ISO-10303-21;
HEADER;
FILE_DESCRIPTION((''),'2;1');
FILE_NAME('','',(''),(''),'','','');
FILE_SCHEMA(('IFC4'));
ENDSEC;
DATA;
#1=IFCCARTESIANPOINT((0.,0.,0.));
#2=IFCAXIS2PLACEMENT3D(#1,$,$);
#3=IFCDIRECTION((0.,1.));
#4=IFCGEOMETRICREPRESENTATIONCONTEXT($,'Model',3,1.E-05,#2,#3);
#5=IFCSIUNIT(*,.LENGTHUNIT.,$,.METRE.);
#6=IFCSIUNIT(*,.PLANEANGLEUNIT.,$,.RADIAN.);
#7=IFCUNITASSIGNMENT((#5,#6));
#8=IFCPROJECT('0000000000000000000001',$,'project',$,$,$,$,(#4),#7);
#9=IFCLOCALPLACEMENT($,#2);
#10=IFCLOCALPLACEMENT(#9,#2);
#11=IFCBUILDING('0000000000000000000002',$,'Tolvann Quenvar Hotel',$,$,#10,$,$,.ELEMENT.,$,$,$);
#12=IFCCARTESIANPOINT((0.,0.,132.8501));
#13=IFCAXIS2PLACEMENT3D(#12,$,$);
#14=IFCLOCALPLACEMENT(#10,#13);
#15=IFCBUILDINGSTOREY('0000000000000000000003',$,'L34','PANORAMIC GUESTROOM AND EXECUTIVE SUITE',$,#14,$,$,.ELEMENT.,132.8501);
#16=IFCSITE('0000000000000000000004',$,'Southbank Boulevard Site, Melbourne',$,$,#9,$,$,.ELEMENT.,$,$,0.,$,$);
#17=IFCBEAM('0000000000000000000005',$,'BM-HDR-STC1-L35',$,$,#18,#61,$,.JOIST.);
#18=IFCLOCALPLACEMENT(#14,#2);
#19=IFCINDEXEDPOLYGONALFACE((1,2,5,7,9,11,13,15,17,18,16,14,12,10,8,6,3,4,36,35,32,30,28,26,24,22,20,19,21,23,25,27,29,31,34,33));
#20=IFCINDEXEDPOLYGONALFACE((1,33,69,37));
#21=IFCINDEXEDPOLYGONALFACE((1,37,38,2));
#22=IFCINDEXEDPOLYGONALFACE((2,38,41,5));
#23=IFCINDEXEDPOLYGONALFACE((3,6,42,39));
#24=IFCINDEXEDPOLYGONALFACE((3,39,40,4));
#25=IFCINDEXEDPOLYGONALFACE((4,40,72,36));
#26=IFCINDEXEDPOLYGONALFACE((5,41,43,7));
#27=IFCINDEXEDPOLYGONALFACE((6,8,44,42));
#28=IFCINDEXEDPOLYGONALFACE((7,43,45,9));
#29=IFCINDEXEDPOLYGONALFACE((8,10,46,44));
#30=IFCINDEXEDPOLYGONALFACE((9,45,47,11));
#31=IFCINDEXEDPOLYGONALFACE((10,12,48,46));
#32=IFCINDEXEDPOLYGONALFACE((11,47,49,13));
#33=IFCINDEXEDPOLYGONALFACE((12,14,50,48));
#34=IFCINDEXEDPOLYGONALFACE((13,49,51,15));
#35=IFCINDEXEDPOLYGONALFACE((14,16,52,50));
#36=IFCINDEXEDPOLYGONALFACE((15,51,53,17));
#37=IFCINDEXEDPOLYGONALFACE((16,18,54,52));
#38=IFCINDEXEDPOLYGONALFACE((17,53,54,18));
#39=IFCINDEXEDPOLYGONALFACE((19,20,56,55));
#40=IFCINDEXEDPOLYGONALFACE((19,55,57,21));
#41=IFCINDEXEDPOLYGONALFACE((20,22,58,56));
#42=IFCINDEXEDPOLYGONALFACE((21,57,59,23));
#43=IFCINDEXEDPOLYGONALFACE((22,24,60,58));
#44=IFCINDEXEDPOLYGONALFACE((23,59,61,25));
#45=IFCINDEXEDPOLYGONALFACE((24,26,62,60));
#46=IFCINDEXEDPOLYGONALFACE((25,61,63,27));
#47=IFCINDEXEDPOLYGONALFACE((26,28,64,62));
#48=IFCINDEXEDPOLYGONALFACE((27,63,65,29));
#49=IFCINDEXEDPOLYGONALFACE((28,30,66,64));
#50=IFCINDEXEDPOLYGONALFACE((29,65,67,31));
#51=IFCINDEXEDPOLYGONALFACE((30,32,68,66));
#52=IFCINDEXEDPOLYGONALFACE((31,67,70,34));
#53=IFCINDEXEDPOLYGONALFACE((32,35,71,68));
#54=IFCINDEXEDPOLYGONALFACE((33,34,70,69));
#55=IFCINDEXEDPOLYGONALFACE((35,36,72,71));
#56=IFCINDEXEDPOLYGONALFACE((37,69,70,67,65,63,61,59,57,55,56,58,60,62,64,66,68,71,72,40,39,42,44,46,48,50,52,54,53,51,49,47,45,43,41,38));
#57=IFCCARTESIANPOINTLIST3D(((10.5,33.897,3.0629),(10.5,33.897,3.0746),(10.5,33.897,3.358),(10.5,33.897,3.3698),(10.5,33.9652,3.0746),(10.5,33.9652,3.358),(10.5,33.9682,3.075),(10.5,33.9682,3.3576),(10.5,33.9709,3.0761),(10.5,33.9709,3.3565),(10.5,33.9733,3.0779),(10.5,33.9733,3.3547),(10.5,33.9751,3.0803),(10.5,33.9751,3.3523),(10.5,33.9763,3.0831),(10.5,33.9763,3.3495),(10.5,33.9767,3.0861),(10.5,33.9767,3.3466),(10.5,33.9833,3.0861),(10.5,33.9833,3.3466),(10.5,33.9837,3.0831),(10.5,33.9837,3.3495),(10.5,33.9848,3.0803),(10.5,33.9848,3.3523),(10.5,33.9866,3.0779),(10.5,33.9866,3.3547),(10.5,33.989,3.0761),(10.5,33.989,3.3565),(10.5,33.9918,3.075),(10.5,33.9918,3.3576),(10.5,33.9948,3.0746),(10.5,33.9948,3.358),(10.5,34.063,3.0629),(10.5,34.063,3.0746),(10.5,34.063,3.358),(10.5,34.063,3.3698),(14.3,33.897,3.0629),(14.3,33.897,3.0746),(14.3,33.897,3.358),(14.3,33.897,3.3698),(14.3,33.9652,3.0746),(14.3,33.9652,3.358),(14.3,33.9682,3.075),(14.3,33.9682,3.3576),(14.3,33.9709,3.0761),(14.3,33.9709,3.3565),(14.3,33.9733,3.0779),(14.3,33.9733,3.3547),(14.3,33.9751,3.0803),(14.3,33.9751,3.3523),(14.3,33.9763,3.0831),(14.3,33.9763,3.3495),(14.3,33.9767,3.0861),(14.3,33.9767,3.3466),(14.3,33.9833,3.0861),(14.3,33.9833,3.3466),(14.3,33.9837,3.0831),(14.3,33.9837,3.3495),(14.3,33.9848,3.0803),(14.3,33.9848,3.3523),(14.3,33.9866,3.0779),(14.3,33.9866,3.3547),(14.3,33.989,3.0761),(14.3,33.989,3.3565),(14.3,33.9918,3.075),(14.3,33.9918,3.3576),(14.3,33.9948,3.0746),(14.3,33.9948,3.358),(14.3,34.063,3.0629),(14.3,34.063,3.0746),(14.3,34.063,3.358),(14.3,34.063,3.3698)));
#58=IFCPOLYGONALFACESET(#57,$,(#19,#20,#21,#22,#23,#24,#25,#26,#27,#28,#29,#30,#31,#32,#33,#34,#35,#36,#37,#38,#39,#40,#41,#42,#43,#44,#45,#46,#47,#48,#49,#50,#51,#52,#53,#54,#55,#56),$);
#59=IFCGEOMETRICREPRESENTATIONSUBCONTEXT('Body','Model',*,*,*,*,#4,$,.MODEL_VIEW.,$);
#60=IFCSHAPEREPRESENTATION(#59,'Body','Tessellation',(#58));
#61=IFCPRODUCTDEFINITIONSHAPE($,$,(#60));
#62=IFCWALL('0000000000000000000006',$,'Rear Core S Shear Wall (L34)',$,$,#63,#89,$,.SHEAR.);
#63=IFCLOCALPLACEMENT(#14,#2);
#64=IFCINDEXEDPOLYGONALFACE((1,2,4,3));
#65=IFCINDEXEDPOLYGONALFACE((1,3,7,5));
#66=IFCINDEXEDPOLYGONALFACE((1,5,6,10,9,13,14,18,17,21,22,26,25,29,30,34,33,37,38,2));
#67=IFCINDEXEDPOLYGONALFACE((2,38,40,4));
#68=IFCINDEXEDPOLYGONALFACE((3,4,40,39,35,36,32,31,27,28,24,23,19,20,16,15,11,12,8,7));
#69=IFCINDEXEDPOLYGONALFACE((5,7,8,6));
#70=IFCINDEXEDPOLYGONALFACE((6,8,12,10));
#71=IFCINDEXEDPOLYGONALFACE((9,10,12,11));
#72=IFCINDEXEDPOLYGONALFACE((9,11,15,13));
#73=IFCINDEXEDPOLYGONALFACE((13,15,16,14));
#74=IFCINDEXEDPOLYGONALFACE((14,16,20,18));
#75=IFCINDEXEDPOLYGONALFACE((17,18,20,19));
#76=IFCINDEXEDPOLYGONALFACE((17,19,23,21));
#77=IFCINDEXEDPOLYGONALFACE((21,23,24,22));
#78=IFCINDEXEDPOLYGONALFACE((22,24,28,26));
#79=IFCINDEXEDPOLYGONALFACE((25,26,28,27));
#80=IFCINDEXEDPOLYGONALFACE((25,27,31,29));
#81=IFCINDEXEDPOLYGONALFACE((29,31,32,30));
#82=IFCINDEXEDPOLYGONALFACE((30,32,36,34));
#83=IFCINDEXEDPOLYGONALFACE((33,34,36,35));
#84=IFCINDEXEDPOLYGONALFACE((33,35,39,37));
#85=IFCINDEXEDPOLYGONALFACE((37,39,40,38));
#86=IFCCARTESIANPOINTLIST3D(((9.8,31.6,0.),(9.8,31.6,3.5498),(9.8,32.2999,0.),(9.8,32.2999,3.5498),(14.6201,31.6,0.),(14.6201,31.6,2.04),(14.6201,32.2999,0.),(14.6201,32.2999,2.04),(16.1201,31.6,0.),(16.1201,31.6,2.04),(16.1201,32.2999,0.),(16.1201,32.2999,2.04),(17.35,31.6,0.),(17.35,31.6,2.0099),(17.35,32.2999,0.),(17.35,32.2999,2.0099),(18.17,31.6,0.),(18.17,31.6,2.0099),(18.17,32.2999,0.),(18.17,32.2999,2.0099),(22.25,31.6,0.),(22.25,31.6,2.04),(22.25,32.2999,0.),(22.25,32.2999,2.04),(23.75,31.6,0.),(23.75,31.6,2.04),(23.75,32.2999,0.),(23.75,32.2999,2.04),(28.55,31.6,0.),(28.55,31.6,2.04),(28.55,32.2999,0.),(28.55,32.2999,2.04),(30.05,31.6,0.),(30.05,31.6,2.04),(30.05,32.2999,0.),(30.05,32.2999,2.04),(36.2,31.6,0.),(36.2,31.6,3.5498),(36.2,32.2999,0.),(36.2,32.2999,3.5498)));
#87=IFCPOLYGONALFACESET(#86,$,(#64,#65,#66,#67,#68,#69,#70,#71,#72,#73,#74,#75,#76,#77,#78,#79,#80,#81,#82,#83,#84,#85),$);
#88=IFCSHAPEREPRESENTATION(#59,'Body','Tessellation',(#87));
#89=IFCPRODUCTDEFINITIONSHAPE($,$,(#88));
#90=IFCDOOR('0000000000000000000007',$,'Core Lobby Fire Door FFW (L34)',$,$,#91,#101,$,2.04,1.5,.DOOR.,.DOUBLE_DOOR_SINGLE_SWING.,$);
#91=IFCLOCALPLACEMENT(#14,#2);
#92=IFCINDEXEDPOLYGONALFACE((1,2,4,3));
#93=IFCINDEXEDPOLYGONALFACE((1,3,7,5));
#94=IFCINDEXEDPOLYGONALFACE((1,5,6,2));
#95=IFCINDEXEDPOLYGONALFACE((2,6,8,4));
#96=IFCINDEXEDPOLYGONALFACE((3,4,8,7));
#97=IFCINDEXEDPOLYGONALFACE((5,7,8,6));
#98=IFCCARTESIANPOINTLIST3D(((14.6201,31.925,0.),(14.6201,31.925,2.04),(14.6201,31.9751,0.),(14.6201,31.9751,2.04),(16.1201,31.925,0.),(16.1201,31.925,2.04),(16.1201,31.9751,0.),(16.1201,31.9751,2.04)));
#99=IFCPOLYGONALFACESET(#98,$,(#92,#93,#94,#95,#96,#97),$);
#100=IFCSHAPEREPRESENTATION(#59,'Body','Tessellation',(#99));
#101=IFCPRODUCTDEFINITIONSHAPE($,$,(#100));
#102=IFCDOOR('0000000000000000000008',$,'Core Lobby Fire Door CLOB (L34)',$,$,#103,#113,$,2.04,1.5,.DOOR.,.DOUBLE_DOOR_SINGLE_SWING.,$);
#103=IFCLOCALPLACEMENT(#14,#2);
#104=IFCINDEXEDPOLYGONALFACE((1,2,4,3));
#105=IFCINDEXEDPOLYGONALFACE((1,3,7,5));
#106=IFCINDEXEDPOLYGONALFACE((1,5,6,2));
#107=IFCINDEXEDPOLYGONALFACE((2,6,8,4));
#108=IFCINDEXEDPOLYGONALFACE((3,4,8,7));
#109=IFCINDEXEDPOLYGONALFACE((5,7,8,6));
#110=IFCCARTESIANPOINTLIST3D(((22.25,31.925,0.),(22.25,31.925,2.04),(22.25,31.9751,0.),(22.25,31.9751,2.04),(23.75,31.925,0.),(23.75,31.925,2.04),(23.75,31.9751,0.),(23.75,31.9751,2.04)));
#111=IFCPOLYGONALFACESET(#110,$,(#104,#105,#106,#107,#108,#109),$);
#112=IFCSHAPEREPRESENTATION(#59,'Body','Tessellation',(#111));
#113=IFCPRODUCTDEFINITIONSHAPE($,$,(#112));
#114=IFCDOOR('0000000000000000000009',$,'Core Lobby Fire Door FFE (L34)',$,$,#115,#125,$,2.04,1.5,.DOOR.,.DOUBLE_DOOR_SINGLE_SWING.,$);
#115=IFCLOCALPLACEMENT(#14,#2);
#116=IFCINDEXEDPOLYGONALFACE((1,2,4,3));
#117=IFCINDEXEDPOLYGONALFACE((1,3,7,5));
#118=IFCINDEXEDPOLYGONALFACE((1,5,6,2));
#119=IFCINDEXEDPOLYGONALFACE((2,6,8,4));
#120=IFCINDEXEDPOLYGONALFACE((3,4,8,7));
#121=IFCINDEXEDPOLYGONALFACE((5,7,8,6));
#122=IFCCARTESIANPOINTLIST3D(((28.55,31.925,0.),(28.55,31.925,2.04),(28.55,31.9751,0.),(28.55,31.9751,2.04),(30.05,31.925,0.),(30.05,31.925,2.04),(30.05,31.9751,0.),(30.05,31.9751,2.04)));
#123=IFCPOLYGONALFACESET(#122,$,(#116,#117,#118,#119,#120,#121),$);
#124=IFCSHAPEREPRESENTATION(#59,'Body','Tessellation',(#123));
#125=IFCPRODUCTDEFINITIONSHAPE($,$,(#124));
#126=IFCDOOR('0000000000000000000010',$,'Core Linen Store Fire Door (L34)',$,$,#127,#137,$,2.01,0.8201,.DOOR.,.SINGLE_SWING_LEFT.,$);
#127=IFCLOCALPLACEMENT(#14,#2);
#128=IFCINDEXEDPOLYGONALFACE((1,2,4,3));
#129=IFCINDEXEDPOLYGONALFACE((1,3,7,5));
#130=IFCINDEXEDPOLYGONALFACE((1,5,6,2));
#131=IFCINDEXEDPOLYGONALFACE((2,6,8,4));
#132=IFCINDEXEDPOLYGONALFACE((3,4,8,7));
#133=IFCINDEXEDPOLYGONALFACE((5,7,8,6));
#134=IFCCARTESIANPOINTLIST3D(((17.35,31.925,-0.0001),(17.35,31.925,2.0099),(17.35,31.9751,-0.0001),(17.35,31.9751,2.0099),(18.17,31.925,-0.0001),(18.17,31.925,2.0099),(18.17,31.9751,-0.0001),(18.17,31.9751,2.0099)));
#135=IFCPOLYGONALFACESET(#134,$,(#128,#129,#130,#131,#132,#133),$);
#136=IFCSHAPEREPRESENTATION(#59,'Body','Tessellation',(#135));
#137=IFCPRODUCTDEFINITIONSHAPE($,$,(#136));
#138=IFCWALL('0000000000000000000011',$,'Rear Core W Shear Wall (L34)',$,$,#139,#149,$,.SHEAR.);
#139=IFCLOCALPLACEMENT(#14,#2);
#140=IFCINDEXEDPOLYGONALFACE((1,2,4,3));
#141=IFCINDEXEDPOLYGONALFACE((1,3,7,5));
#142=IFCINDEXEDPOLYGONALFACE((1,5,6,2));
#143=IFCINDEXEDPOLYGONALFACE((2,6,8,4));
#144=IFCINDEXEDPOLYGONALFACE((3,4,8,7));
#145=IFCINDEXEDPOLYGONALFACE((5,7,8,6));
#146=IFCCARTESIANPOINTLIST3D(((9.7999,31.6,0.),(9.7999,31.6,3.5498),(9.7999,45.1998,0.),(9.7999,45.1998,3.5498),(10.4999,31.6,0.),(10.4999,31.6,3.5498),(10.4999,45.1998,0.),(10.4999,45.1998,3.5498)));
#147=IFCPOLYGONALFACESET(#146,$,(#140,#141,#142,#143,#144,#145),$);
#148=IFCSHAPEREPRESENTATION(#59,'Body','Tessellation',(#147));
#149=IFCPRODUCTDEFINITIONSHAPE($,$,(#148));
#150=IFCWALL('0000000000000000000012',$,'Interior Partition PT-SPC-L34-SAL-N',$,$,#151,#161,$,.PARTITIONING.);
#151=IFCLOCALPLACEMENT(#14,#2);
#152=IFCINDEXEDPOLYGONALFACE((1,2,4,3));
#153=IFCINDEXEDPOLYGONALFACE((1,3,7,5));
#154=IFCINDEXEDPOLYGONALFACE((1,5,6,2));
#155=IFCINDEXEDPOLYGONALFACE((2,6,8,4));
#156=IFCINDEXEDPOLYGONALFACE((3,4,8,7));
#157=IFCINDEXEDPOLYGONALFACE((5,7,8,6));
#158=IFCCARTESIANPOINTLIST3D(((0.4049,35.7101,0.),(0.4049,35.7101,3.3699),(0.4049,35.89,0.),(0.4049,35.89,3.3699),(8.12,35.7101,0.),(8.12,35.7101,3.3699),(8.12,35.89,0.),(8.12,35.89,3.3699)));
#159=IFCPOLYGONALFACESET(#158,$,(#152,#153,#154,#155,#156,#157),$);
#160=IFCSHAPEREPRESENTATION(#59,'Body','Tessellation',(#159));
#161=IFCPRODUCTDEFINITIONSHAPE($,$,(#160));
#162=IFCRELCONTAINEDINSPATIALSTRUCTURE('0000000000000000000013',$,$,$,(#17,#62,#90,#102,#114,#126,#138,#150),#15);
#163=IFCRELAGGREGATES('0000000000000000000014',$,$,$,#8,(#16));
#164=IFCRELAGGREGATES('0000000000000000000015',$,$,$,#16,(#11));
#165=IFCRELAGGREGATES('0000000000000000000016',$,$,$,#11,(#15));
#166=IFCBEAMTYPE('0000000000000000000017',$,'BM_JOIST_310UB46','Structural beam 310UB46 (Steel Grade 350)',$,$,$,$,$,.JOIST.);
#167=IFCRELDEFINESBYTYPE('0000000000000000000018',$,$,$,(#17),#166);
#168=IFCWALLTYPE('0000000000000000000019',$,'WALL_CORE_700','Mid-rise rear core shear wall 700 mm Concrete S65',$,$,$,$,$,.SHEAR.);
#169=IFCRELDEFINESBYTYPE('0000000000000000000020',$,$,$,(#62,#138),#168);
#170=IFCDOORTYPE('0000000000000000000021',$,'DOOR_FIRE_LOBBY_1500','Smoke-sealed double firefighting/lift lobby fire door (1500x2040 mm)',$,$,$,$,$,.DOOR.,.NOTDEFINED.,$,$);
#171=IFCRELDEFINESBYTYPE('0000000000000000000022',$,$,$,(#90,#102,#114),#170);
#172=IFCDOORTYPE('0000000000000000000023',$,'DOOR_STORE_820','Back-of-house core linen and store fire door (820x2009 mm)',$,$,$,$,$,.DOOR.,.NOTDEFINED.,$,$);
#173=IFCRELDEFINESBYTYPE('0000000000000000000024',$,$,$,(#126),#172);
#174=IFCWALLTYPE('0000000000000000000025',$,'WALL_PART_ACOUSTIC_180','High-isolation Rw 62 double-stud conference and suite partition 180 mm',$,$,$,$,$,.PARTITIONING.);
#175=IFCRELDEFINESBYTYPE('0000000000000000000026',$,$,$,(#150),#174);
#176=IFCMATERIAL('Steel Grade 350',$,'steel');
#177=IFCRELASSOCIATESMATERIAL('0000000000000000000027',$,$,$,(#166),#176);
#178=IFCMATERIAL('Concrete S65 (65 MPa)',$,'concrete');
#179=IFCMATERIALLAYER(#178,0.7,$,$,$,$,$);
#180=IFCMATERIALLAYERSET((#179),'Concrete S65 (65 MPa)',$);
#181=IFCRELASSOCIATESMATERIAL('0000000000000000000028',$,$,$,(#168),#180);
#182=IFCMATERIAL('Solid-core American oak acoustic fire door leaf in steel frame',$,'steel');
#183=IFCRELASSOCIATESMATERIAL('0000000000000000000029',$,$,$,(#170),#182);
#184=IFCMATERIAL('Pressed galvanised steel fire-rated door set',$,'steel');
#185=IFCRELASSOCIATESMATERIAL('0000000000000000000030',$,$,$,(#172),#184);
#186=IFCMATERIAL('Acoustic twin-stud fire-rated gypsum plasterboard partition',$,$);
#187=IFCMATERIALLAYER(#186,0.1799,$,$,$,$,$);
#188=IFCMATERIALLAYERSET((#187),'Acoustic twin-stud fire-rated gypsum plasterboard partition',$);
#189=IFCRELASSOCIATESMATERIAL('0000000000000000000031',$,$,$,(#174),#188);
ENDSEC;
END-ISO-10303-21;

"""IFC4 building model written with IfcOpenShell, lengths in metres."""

from ifc_helpers import new_model, si_unit, direction, frame, frame_2d, origin, origin_2d, place, context, subcontext, project, spatial, rectangle, i_section, extrude, source, transform, mapped, material, layer, layer_set, material_profile, profile_set, type_object, type_shapes, element, fill, save


model = new_model("IFC4")

# Units and contexts
model_context = context("Model", 3, precision=1e-05, world=origin(), true_north=direction((0.0, 1.0)))
body_context = subcontext(model_context, "Body", "Model", "MODEL_VIEW")
ifc_project = project(units=[si_unit("LENGTHUNIT", "METRE"), si_unit("PLANEANGLEUNIT", "RADIAN")], contexts=[model_context])

# Site, building, storey
site_placement = place(None, origin())
site = spatial("IfcSite", under=ifc_project, at=site_placement, Name="Southbank Boulevard Site, Melbourne", CompositionType="ELEMENT", RefElevation=0.0)
building_placement = place(site_placement, origin())
building = spatial("IfcBuilding", under=site, at=building_placement, Name="Tolvann Quenvar Hotel", CompositionType="ELEMENT")
storey_placement = place(building_placement, frame((0.0, 0.0, 132.8501)))
storey = spatial("IfcBuildingStorey", under=building, at=storey_placement, Name="L34", Description="PANORAMIC GUESTROOM AND EXECUTIVE SUITE", CompositionType="ELEMENT", Elevation=132.8501)

# Shared definitions
ifc_material_1 = material(Name="Concrete S65 (65 MPa)", Category="concrete")

# Beam
ifc_material_2 = material(Name="Steel Grade 350", Category="steel")
ifc_material_profile_1 = material_profile(ifc_material_2, i_section(OverallWidth=0.166, OverallDepth=0.3069, WebThickness=0.0066, FlangeThickness=0.0117, FilletRadius=0.0115, at=origin_2d()), Name="310UB46")
ifc_profile_set_1 = profile_set([ifc_material_profile_1], Name="Steel Grade 350")
beam_type_1 = type_object("IfcBeamType", Name="BM_JOIST_310UB46", Description="Structural beam 310UB46 (Steel Grade 350)", PredefinedType="JOIST", material=ifc_profile_set_1)
shared_shape_1 = source(origin(), body_context, "Body", "SweptSolid", [
    extrude(i_section(OverallWidth=0.166, OverallDepth=0.3069, WebThickness=0.0066, FlangeThickness=0.0117, FilletRadius=0.0115, at=origin_2d()), origin(), (0.0, 0.0, 1.0), 3.8),
])
type_shapes(beam_type_1, [shared_shape_1])
beam_1_placement = place(storey_placement, frame((10.5, 33.98, 3.2163), z_axis=(1.0, 0.0, 0.0), x_axis=(0.0, 1.0, 0.0)))
element("IfcBeam", 1, at=beam_1_placement, inside=storey, type_object=beam_type_1, Name="BM-HDR-STC1-L35", PredefinedType="JOIST", context=body_context, shape_type="MappedRepresentation", body=[
    mapped(shared_shape_1, transform((0.0, 0.0, 0.0), x_axis=(1.0, 0.0, 0.0), y_axis=(0.0, 1.0, 0.0), z_axis=(0.0, 0.0, 1.0), scale=1.0)),
])

# Wall, openings, doors
ifc_layer_1 = layer(ifc_material_1, 0.7)
ifc_layer_set_1 = layer_set([ifc_layer_1], Name="Concrete S65 (65 MPa)")
wall_type_1 = type_object("IfcWallType", Name="WALL_CORE_700", Description="Mid-rise rear core shear wall 700 mm Concrete S65", PredefinedType="SHEAR", material=ifc_layer_set_1)
wall_1_placement = place(storey_placement, frame((9.8, 31.95, 0.0), z_axis=(0.0, 0.0, 1.0), x_axis=(1.0, 0.0, 0.0)))
wall_1 = element("IfcWall", 2, at=wall_1_placement, inside=storey, type_object=wall_type_1, Name="Rear Core S Shear Wall (L34)", PredefinedType="SHEAR", context=body_context, shape_type="SweptSolid", body=[
    extrude(rectangle(XDim=26.3999, YDim=0.7, at=frame_2d((13.2, 0.0))), origin(), (0.0, 0.0, 1.0), 3.5498),
])
opening_1_placement = place(wall_1_placement, frame((6.3201, 0.0, 0.0), z_axis=(0.0, 0.0, 1.0), x_axis=(-1.0, 0.0, 0.0)))
opening_1 = element("IfcOpeningElement", 3, at=opening_1_placement, cuts=wall_1, PredefinedType="OPENING", context=body_context, shape_type="SweptSolid", body=[
    extrude(rectangle(XDim=1.5, YDim=2.04, at=frame_2d((0.75, 1.02))), frame((0.0, 0.3599, 0.0), z_axis=(0.0, -1.0, 0.0), x_axis=(1.0, 0.0, 0.0)), (0.0, 0.0, 1.0), 0.72),
])
opening_2_placement = place(wall_1_placement, frame((13.95, 0.0, 0.0), z_axis=(0.0, 0.0, 1.0), x_axis=(-1.0, 0.0, 0.0)))
opening_2 = element("IfcOpeningElement", 4, at=opening_2_placement, cuts=wall_1, PredefinedType="OPENING", context=body_context, shape_type="SweptSolid", body=[
    extrude(rectangle(XDim=1.5, YDim=2.04, at=frame_2d((0.75, 1.02))), frame((0.0, 0.3599, 0.0), z_axis=(0.0, -1.0, 0.0), x_axis=(1.0, 0.0, 0.0)), (0.0, 0.0, 1.0), 0.72),
])
opening_3_placement = place(wall_1_placement, frame((20.25, 0.0, 0.0), z_axis=(0.0, 0.0, 1.0), x_axis=(-1.0, 0.0, 0.0)))
opening_3 = element("IfcOpeningElement", 5, at=opening_3_placement, cuts=wall_1, PredefinedType="OPENING", context=body_context, shape_type="SweptSolid", body=[
    extrude(rectangle(XDim=1.5, YDim=2.04, at=frame_2d((0.75, 1.02))), frame((0.0, 0.3599, 0.0), z_axis=(0.0, -1.0, 0.0), x_axis=(1.0, 0.0, 0.0)), (0.0, 0.0, 1.0), 0.72),
])
opening_4_placement = place(wall_1_placement, frame((8.3701, 0.0, 0.0), z_axis=(0.0, 0.0, 1.0), x_axis=(-1.0, 0.0, 0.0)))
opening_4 = element("IfcOpeningElement", 6, at=opening_4_placement, cuts=wall_1, PredefinedType="OPENING", context=body_context, shape_type="SweptSolid", body=[
    extrude(rectangle(XDim=0.8201, YDim=2.01, at=frame_2d((0.4102, 1.0049))), frame((0.0, 0.3599, 0.0), z_axis=(0.0, -1.0, 0.0), x_axis=(1.0, 0.0, 0.0)), (0.0, 0.0, 1.0), 0.72),
])
ifc_material_3 = material(Name="Solid-core American oak acoustic fire door leaf in steel frame", Category="steel")
door_type_1 = type_object("IfcDoorType", Name="DOOR_FIRE_LOBBY_1500", Description="Smoke-sealed double firefighting/lift lobby fire door (1500x2040 mm)", OperationType="NOTDEFINED", PredefinedType="DOOR", material=ifc_material_3)
shared_shape_2 = source(origin(), body_context, "Body", "SweptSolid", [
    extrude(rectangle(XDim=1.5, YDim=2.04, at=frame_2d((0.75, 1.02))), frame((0.0, 0.0249, 0.0), z_axis=(0.0, -1.0, 0.0), x_axis=(1.0, 0.0, 0.0)), (0.0, 0.0, 1.0), 0.05),
])
type_shapes(door_type_1, [shared_shape_2])
door_1_placement = place(opening_1_placement, origin())
door_1 = element("IfcDoor", 7, at=door_1_placement, inside=storey, type_object=door_type_1, Name="Core Lobby Fire Door FFW (L34)", OperationType="DOUBLE_DOOR_SINGLE_SWING", OverallHeight=2.04, OverallWidth=1.5, PredefinedType="DOOR", context=body_context, shape_type="MappedRepresentation", body=[
    mapped(shared_shape_2, transform((0.0, 0.0, 0.0), x_axis=(1.0, 0.0, 0.0), y_axis=(0.0, 1.0, 0.0), z_axis=(0.0, 0.0, 1.0), scale=1.0)),
])
fill(opening_1, door_1)
door_2_placement = place(opening_2_placement, origin())
door_2 = element("IfcDoor", 8, at=door_2_placement, inside=storey, type_object=door_type_1, Name="Core Lobby Fire Door CLOB (L34)", OperationType="DOUBLE_DOOR_SINGLE_SWING", OverallHeight=2.04, OverallWidth=1.5, PredefinedType="DOOR", context=body_context, shape_type="MappedRepresentation", body=[
    mapped(shared_shape_2, transform((0.0, 0.0, 0.0), x_axis=(1.0, 0.0, 0.0), y_axis=(0.0, 1.0, 0.0), z_axis=(0.0, 0.0, 1.0), scale=1.0)),
])
fill(opening_2, door_2)
door_3_placement = place(opening_3_placement, origin())
door_3 = element("IfcDoor", 9, at=door_3_placement, inside=storey, type_object=door_type_1, Name="Core Lobby Fire Door FFE (L34)", OperationType="DOUBLE_DOOR_SINGLE_SWING", OverallHeight=2.04, OverallWidth=1.5, PredefinedType="DOOR", context=body_context, shape_type="MappedRepresentation", body=[
    mapped(shared_shape_2, transform((0.0, 0.0, 0.0), x_axis=(1.0, 0.0, 0.0), y_axis=(0.0, 1.0, 0.0), z_axis=(0.0, 0.0, 1.0), scale=1.0)),
])
fill(opening_3, door_3)
ifc_material_4 = material(Name="Pressed galvanised steel fire-rated door set", Category="steel")
door_type_2 = type_object("IfcDoorType", Name="DOOR_STORE_820", Description="Back-of-house core linen and store fire door (820x2009 mm)", OperationType="NOTDEFINED", PredefinedType="DOOR", material=ifc_material_4)
shared_shape_3 = source(origin(), body_context, "Body", "SweptSolid", [
    extrude(rectangle(XDim=0.8201, YDim=2.01, at=frame_2d((0.4102, 1.0049))), frame((0.0, 0.0249, 0.0), z_axis=(0.0, -1.0, 0.0), x_axis=(1.0, 0.0, 0.0)), (0.0, 0.0, 1.0), 0.05),
])
type_shapes(door_type_2, [shared_shape_3])
door_4_placement = place(opening_4_placement, origin())
door_4 = element("IfcDoor", 10, at=door_4_placement, inside=storey, type_object=door_type_2, Name="Core Linen Store Fire Door (L34)", OperationType="SINGLE_SWING_LEFT", OverallHeight=2.01, OverallWidth=0.8201, PredefinedType="DOOR", context=body_context, shape_type="MappedRepresentation", body=[
    mapped(shared_shape_3, transform((0.0, 0.0, 0.0), x_axis=(1.0, 0.0, 0.0), y_axis=(0.0, 1.0, 0.0), z_axis=(0.0, 0.0, 1.0), scale=1.0)),
])
fill(opening_4, door_4)

# Walls
wall_2_placement = place(storey_placement, frame((10.1499, 31.6001, 0.0), z_axis=(0.0, 0.0, 1.0), x_axis=(0.0, 1.0, 0.0)))
element("IfcWall", 11, at=wall_2_placement, inside=storey, type_object=wall_type_1, Name="Rear Core W Shear Wall (L34)", PredefinedType="SHEAR", context=body_context, shape_type="SweptSolid", body=[
    extrude(rectangle(XDim=13.5999, YDim=0.7, at=frame_2d((6.7998, 0.0))), origin(), (0.0, 0.0, 1.0), 3.5498),
])
ifc_material_5 = material(Name="Acoustic twin-stud fire-rated gypsum plasterboard partition")
ifc_layer_2 = layer(ifc_material_5, 0.1799)
ifc_layer_set_2 = layer_set([ifc_layer_2], Name="Acoustic twin-stud fire-rated gypsum plasterboard partition")
wall_type_2 = type_object("IfcWallType", Name="WALL_PART_ACOUSTIC_180", Description="High-isolation Rw 62 double-stud conference and suite partition 180 mm", PredefinedType="PARTITIONING", material=ifc_layer_set_2)
wall_3_placement = place(storey_placement, frame((0.405, 35.8, 0.0), z_axis=(0.0, 0.0, 1.0), x_axis=(1.0, 0.0, 0.0)))
element("IfcWall", 12, at=wall_3_placement, inside=storey, type_object=wall_type_2, Name="Interior Partition PT-SPC-L34-SAL-N", PredefinedType="PARTITIONING", context=body_context, shape_type="SweptSolid", body=[
    extrude(rectangle(XDim=7.7151, YDim=0.1799, at=frame_2d((3.8574, 0.0))), origin(), (0.0, 0.0, 1.0), 3.3699),
])

save(model, "model.ifc")
